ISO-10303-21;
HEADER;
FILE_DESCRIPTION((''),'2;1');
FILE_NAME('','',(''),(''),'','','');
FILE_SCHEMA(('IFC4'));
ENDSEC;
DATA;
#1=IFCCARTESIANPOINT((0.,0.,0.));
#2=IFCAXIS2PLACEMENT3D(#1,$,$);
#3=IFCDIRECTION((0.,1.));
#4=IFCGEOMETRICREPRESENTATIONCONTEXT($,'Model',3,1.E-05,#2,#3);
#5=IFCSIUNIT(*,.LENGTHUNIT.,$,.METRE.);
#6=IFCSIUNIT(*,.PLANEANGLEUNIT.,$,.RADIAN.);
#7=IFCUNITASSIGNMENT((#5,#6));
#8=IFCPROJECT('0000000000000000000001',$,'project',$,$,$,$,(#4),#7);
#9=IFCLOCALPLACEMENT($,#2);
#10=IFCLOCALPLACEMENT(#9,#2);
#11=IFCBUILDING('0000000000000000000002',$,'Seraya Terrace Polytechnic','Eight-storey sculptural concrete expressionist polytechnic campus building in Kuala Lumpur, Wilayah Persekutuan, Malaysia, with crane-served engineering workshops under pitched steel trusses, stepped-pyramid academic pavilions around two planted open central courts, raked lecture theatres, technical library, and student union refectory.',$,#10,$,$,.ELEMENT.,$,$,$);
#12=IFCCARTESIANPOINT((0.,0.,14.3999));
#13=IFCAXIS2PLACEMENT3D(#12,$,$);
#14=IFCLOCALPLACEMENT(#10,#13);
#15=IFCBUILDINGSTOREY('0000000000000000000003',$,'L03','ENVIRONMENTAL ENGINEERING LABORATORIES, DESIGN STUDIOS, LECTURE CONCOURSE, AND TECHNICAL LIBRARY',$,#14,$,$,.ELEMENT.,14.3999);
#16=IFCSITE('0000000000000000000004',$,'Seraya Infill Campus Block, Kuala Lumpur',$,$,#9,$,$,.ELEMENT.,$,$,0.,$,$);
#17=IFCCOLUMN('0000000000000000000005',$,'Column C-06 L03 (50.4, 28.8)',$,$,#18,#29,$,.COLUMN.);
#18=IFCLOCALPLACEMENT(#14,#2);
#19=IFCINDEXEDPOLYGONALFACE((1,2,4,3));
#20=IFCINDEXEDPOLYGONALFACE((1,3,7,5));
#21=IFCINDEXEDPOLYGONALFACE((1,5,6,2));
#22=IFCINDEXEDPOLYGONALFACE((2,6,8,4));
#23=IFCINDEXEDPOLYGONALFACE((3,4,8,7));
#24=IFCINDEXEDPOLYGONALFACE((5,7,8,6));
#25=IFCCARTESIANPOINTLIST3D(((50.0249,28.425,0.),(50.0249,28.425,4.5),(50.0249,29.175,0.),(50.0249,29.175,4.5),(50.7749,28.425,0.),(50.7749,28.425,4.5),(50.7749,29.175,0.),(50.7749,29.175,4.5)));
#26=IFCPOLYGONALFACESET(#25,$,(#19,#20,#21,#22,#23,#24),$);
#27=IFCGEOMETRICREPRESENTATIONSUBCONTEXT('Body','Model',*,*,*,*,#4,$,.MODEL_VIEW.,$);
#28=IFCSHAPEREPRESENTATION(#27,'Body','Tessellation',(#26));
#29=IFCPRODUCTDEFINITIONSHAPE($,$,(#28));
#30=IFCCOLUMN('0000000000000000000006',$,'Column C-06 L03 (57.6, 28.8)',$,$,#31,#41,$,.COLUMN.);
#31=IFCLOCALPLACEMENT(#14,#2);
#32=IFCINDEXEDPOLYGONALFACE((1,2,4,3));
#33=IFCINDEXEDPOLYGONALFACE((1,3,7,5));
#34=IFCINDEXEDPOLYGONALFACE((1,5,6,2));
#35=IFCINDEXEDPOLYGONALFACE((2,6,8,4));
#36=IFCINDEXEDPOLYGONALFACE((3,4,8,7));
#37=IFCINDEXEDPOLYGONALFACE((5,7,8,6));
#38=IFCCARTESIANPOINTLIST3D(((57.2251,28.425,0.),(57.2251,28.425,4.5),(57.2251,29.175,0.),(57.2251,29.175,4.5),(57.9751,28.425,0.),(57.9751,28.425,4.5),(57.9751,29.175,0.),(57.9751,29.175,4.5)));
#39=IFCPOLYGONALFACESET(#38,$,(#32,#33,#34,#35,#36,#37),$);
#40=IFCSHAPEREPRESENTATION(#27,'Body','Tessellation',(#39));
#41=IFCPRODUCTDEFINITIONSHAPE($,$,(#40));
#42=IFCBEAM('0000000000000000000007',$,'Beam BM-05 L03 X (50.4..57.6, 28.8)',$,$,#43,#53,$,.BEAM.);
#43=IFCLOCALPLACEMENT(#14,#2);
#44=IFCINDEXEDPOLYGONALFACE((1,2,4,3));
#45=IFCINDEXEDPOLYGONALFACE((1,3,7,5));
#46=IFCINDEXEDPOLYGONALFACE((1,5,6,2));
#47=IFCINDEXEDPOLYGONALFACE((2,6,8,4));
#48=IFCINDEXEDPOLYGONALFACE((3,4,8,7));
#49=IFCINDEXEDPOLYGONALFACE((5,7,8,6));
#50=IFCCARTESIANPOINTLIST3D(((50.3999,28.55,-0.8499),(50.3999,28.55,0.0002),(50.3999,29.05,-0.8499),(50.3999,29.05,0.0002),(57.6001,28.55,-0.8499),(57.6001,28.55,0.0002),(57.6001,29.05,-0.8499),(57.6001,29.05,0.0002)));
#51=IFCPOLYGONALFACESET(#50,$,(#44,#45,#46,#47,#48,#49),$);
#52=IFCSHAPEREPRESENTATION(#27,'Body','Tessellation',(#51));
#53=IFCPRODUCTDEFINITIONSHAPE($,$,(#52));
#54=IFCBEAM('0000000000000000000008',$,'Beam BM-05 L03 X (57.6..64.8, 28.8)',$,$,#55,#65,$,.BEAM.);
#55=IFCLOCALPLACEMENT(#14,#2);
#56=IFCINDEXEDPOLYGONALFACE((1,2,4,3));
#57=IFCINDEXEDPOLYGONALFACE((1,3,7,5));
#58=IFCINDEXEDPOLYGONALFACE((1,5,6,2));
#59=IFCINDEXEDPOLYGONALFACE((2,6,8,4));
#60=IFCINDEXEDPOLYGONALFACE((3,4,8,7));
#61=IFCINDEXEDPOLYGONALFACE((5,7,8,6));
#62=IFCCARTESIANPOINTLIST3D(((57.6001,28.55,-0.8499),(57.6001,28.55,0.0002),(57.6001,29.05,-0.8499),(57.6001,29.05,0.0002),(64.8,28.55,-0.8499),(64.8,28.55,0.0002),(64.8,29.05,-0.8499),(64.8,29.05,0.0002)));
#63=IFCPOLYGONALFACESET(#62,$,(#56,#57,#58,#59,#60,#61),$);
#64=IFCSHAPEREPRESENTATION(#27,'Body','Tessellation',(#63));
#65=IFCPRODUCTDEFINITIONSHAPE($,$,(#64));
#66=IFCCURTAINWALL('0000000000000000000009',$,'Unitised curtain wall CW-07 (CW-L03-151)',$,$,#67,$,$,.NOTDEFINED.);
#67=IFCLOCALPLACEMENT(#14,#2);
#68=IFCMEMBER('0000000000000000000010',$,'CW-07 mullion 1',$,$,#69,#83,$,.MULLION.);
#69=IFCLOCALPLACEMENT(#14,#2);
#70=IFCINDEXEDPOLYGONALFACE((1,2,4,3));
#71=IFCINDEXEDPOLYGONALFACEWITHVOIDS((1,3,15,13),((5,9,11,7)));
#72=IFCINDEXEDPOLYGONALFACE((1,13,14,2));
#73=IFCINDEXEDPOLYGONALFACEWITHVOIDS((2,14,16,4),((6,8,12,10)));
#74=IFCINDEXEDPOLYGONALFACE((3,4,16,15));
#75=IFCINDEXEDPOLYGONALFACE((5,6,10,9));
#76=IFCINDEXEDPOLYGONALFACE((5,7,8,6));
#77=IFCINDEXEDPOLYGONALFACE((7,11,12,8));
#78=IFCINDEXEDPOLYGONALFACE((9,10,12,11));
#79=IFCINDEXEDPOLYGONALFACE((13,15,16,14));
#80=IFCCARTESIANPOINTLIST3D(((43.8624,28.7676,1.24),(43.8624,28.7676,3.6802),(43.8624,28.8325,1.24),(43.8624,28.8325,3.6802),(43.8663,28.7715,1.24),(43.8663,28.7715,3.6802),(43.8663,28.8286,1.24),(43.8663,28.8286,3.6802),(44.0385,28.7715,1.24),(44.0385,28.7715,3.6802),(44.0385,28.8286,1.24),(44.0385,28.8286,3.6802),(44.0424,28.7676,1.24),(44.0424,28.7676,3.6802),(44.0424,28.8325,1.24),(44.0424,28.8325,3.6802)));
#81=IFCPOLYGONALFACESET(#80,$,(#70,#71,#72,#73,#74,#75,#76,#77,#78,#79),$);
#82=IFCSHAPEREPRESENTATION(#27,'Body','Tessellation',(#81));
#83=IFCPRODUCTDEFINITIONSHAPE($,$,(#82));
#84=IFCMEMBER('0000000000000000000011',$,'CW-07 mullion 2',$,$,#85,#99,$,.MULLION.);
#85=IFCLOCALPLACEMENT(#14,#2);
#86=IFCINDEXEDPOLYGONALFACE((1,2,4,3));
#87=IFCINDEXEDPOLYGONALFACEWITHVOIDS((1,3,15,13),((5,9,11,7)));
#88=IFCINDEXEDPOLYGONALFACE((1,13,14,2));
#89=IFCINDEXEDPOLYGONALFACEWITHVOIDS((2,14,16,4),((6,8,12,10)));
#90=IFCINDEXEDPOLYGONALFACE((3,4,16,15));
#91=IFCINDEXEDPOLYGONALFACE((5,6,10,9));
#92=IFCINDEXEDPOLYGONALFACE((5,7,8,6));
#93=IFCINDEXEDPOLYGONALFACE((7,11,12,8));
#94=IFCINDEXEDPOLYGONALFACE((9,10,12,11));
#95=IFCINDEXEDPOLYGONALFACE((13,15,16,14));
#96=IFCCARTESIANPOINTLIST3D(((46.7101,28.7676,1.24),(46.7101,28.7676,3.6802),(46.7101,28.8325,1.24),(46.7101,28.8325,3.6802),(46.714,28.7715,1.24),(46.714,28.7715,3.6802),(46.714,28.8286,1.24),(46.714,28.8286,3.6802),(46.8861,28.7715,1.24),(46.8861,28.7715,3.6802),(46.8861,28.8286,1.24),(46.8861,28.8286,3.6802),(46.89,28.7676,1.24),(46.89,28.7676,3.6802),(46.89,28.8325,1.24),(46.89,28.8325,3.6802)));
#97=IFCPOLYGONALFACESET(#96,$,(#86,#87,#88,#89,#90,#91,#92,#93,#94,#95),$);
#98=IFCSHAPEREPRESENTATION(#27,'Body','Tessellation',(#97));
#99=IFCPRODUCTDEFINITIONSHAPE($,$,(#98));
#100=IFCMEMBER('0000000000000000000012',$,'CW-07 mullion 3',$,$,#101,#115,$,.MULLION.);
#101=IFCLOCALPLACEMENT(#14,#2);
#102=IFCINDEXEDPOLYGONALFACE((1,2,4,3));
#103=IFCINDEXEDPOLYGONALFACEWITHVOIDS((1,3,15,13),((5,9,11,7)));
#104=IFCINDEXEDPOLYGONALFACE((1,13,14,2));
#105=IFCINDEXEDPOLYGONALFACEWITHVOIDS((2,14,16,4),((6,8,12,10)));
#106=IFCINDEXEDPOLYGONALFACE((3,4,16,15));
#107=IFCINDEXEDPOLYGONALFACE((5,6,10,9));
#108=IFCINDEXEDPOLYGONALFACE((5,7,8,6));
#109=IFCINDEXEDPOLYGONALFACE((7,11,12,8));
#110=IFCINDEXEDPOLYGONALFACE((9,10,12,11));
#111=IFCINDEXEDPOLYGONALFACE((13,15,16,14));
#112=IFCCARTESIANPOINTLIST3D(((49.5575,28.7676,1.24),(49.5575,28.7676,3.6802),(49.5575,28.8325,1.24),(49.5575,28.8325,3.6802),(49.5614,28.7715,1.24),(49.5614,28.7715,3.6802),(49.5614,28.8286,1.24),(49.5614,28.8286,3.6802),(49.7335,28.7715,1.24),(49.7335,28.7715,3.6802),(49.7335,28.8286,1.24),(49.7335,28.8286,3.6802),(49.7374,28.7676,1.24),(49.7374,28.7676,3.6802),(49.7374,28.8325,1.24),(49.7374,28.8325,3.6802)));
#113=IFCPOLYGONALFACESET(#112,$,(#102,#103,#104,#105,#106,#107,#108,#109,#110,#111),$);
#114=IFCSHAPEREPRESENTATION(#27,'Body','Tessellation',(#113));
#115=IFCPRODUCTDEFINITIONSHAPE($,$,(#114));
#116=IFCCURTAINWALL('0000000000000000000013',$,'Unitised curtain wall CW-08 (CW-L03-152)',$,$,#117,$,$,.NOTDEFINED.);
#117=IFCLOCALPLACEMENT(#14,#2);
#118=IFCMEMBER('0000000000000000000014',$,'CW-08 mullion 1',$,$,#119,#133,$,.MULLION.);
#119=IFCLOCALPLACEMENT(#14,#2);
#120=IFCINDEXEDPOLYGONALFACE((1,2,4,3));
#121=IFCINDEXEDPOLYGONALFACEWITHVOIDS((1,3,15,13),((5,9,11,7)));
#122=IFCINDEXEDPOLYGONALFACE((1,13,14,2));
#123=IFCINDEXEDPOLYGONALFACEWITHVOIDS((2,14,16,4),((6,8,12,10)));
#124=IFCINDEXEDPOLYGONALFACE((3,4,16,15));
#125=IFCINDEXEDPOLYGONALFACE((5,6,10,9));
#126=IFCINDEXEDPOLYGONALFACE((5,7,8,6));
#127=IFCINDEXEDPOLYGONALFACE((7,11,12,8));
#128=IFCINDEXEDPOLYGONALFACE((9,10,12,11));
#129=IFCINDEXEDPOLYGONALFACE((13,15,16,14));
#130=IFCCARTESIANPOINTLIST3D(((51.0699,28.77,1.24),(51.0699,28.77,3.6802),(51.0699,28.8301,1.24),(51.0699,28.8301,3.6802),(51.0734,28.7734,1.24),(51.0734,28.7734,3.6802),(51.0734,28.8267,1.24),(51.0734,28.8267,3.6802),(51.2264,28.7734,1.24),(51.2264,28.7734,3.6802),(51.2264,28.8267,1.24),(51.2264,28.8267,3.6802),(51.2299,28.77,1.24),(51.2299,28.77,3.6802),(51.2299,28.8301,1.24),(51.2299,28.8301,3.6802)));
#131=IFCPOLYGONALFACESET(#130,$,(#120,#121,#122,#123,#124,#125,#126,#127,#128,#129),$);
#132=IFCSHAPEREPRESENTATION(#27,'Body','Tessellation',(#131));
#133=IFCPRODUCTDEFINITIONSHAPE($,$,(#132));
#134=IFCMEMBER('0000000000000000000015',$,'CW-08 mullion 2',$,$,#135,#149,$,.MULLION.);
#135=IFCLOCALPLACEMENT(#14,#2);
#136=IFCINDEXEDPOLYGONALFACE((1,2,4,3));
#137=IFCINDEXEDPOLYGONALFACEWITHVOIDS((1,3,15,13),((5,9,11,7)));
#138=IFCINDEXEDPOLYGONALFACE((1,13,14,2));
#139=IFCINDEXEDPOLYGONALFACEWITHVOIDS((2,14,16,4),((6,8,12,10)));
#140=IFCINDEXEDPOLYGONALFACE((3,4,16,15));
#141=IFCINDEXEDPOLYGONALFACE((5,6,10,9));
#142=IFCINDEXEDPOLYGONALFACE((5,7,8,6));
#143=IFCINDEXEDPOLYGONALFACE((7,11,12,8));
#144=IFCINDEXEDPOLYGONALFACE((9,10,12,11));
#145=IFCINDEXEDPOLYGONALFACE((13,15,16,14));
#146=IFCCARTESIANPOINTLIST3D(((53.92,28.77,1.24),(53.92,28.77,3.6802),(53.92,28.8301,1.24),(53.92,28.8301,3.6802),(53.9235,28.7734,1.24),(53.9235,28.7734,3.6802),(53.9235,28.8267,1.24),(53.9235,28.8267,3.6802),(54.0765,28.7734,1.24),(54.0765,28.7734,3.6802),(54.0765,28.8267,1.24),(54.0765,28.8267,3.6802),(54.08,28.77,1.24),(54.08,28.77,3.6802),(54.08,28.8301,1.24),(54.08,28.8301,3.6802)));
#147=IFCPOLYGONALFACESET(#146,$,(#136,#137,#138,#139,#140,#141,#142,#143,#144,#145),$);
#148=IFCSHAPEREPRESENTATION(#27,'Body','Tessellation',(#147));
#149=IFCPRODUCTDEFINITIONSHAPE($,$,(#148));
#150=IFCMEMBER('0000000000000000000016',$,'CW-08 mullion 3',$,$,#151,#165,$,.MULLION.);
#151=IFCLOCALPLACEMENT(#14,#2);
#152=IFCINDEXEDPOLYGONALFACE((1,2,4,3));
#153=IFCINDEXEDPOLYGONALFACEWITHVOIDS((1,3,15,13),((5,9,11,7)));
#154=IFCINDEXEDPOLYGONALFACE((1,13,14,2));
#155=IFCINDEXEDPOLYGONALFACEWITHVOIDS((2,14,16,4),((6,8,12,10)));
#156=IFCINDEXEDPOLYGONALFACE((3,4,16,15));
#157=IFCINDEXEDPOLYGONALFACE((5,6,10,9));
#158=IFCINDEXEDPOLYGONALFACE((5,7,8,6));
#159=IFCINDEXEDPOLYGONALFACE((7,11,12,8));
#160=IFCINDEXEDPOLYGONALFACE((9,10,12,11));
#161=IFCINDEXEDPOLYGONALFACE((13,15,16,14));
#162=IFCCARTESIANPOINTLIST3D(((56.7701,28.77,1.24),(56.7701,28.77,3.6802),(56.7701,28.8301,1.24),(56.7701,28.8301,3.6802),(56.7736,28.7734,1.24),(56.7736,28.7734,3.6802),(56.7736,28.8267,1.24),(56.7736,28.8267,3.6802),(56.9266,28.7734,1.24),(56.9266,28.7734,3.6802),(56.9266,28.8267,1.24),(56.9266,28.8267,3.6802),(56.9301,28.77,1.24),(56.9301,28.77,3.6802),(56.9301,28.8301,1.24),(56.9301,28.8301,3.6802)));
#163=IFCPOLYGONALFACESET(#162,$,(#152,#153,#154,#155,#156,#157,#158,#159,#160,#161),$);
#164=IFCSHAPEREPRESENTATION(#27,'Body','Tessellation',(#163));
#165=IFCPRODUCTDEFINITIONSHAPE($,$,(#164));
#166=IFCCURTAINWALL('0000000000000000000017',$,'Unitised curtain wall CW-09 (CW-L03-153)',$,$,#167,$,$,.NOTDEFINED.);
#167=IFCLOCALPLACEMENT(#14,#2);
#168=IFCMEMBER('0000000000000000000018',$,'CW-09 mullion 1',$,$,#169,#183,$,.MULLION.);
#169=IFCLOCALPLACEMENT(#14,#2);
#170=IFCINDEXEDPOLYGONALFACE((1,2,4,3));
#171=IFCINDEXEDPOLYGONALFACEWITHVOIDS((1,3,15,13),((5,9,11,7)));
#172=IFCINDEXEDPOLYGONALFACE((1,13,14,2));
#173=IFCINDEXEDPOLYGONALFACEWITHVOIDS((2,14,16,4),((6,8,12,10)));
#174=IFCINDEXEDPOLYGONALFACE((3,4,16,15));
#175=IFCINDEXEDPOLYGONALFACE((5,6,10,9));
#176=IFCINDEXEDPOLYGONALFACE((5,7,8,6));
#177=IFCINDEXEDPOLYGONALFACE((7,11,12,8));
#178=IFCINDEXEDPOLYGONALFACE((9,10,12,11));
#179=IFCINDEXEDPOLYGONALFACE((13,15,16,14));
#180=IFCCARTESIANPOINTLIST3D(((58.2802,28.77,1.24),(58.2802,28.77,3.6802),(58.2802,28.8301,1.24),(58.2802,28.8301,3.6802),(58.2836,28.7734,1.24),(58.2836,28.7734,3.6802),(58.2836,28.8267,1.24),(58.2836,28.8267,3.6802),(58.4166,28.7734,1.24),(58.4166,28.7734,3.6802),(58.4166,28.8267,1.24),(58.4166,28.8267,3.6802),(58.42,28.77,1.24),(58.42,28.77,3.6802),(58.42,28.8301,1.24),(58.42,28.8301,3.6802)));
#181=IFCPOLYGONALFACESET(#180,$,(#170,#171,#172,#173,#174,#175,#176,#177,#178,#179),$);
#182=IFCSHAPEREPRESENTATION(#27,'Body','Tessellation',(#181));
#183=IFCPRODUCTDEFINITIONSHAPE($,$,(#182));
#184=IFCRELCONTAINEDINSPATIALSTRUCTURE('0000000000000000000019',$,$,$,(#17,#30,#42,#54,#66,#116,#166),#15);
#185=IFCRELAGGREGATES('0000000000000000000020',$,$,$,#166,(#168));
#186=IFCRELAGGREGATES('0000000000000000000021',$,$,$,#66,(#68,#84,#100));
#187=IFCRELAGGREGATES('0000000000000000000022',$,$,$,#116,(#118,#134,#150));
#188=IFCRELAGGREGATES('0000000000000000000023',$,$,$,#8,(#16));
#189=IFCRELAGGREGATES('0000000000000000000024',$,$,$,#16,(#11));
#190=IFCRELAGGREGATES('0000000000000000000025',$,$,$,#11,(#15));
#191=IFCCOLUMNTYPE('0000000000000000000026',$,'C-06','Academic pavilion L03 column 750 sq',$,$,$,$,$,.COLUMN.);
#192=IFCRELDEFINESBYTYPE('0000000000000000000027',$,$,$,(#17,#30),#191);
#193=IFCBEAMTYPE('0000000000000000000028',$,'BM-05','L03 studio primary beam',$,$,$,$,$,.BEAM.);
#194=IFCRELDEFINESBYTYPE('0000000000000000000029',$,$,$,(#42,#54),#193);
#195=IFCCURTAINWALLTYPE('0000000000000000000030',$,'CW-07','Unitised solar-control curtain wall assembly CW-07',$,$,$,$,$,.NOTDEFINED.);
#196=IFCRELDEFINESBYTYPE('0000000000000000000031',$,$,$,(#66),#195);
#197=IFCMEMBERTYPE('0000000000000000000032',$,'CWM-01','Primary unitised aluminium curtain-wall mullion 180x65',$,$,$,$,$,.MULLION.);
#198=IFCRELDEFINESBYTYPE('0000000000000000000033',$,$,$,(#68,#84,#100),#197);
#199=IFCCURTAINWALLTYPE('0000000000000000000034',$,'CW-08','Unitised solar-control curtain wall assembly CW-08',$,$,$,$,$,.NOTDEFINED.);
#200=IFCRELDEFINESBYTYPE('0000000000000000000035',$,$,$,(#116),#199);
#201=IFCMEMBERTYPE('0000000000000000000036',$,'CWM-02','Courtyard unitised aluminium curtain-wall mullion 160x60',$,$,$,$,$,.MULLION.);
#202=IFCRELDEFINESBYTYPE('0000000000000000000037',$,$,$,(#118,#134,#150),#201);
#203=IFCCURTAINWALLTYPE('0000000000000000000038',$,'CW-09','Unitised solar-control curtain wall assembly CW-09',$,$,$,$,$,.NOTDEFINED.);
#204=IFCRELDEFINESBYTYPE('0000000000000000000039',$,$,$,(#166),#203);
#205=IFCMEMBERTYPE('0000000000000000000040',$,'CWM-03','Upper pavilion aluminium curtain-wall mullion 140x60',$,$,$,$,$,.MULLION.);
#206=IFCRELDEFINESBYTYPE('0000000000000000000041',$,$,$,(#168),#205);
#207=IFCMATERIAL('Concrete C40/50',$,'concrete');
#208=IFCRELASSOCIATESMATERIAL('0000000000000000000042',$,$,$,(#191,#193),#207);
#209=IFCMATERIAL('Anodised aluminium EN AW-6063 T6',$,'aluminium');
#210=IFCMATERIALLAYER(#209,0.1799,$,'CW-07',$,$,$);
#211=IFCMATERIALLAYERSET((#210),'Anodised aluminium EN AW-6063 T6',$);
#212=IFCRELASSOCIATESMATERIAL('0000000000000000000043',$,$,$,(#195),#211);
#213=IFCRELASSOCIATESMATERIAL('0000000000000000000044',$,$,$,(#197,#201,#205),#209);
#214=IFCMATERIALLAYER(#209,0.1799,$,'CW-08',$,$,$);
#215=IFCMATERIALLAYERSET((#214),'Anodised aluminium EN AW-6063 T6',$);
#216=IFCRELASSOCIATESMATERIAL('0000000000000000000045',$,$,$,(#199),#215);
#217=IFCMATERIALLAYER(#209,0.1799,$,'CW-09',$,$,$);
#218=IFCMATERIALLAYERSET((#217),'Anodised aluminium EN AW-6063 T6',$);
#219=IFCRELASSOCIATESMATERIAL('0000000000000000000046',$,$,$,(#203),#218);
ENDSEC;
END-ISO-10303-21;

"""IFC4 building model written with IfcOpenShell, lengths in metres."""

from ifc_helpers import new_model, si_unit, direction, frame, origin, origin_2d, place, context, subcontext, project, spatial, rectangle, hollow_rectangle, extrude, material, layer, layer_set, material_profile, profile_set, type_object, element, aggregate, save


model = new_model("IFC4")

# Units and contexts
model_context = context("Model", 3, precision=1e-05, world=origin(), true_north=direction((0.0, 1.0)))
body_context = subcontext(model_context, "Body", "Model", "MODEL_VIEW")
ifc_project = project(units=[si_unit("LENGTHUNIT", "METRE"), si_unit("PLANEANGLEUNIT", "RADIAN")], contexts=[model_context])

# Site, building, storey
site_placement = place(None, origin())
site = spatial("IfcSite", under=ifc_project, at=site_placement, Name="Seraya Infill Campus Block, Kuala Lumpur", CompositionType="ELEMENT", RefElevation=0.0)
building_placement = place(site_placement, origin())
building = spatial("IfcBuilding", under=site, at=building_placement, Name="Seraya Terrace Polytechnic", Description="Eight-storey sculptural concrete expressionist polytechnic campus building in Kuala Lumpur, Wilayah Persekutuan, Malaysia, with crane-served engineering workshops under pitched steel trusses, stepped-pyramid academic pavilions around two planted open central courts, raked lecture theatres, technical library, and student union refectory.", CompositionType="ELEMENT")
storey_placement = place(building_placement, frame((0.0, 0.0, 14.3999)))
storey = spatial("IfcBuildingStorey", under=building, at=storey_placement, Name="L03", Description="ENVIRONMENTAL ENGINEERING LABORATORIES, DESIGN STUDIOS, LECTURE CONCOURSE, AND TECHNICAL LIBRARY", CompositionType="ELEMENT", Elevation=14.3999)

# Columns
ifc_material_1 = material(Name="Concrete C40/50", Category="concrete")
ifc_material_profile_1 = material_profile(ifc_material_1, rectangle(XDim=0.75, YDim=0.75, at=origin_2d()), Name="RC 750x750")
ifc_profile_set_1 = profile_set([ifc_material_profile_1], Name="Concrete C40/50")
column_type = type_object("IfcColumnType", Name="C-06", Description="Academic pavilion L03 column 750 sq", PredefinedType="COLUMN", material=ifc_profile_set_1)
for number, where, z_axis, x_axis, name in (
    (1, (50.3999, 28.8, 0.0), (0.0, 0.0, 1.0), (1.0, 0.0, 0.0), "Column C-06 L03 (50.4, 28.8)"),
    (2, (57.6001, 28.8, 0.0), (0.0, 0.0, 1.0), (1.0, 0.0, 0.0), "Column C-06 L03 (57.6, 28.8)"),
):
    element("IfcColumn", number, at=place(storey_placement, frame(where, z_axis=z_axis, x_axis=x_axis)), inside=storey, type_object=column_type, Name=name, PredefinedType="COLUMN", context=body_context, shape_type="SweptSolid", body=[
        extrude(rectangle(XDim=0.75, YDim=0.75, at=origin_2d()), origin(), (0.0, 0.0, 1.0), 4.5),
    ])

# Beams
ifc_material_profile_2 = material_profile(ifc_material_1, rectangle(XDim=0.5, YDim=0.8501, at=origin_2d()), Name="RC 500x850")
ifc_profile_set_2 = profile_set([ifc_material_profile_2], Name="Concrete C40/50")
beam_type = type_object("IfcBeamType", Name="BM-05", Description="L03 studio primary beam", PredefinedType="BEAM", material=ifc_profile_set_2)
beam_1_placement = place(storey_placement, frame((50.3999, 28.8, -0.4248), z_axis=(1.0, 0.0, 0.0), x_axis=(0.0, 1.0, 0.0)))
element("IfcBeam", 3, at=beam_1_placement, inside=storey, type_object=beam_type, Name="Beam BM-05 L03 X (50.4..57.6, 28.8)", PredefinedType="BEAM", context=body_context, shape_type="SweptSolid", body=[
    extrude(rectangle(XDim=0.5, YDim=0.8501, at=origin_2d()), origin(), (0.0, 0.0, 1.0), 7.2002),
])
beam_2_placement = place(storey_placement, frame((57.6001, 28.8, -0.4248), z_axis=(1.0, 0.0, 0.0), x_axis=(0.0, 1.0, 0.0)))
element("IfcBeam", 4, at=beam_2_placement, inside=storey, type_object=beam_type, Name="Beam BM-05 L03 X (57.6..64.8, 28.8)", PredefinedType="BEAM", context=body_context, shape_type="SweptSolid", body=[
    extrude(rectangle(XDim=0.5, YDim=0.8501, at=origin_2d()), origin(), (0.0, 0.0, 1.0), 7.2),
])

# Curtain walls, members
ifc_material_2 = material(Name="Anodised aluminium EN AW-6063 T6", Category="aluminium")
ifc_layer_1 = layer(ifc_material_2, 0.1799, Name="CW-07")
ifc_layer_set_1 = layer_set([ifc_layer_1], Name="Anodised aluminium EN AW-6063 T6")
curtain_wall_type_1 = type_object("IfcCurtainWallType", Name="CW-07", Description="Unitised solar-control curtain wall assembly CW-07", PredefinedType="NOTDEFINED", material=ifc_layer_set_1)
curtain_wall_1_placement = place(storey_placement, origin())
curtain_wall_1 = element("IfcCurtainWall", 5, at=curtain_wall_1_placement, inside=storey, type_object=curtain_wall_type_1, Name="Unitised curtain wall CW-07 (CW-L03-151)", PredefinedType="NOTDEFINED")
ifc_material_profile_3 = material_profile(ifc_material_2, hollow_rectangle(XDim=0.0649, YDim=0.1799, WallThickness=0.0039, at=origin_2d()), Name="RHS 180x65x4.0")
ifc_profile_set_3 = profile_set([ifc_material_profile_3], Name="Anodised aluminium EN AW-6063 T6")
member_type_1 = type_object("IfcMemberType", Name="CWM-01", Description="Primary unitised aluminium curtain-wall mullion 180x65", PredefinedType="MULLION", material=ifc_profile_set_3)
member_1_placement = place(storey_placement, frame((43.9524, 28.8, 1.24), z_axis=(0.0, 0.0, 1.0), x_axis=(0.0, 1.0, 0.0)))
member_1 = element("IfcMember", 6, at=member_1_placement, type_object=member_type_1, Name="CW-07 mullion 1", PredefinedType="MULLION", context=body_context, shape_type="SweptSolid", body=[
    extrude(hollow_rectangle(XDim=0.0649, YDim=0.1799, WallThickness=0.0039, at=origin_2d()), origin(), (0.0, 0.0, 1.0), 2.4402),
])
member_2_placement = place(storey_placement, frame((46.8, 28.8, 1.24), z_axis=(0.0, 0.0, 1.0), x_axis=(0.0, 1.0, 0.0)))
member_2 = element("IfcMember", 7, at=member_2_placement, type_object=member_type_1, Name="CW-07 mullion 2", PredefinedType="MULLION", context=body_context, shape_type="SweptSolid", body=[
    extrude(hollow_rectangle(XDim=0.0649, YDim=0.1799, WallThickness=0.0039, at=origin_2d()), origin(), (0.0, 0.0, 1.0), 2.4402),
])
member_3_placement = place(storey_placement, frame((49.6475, 28.8, 1.24), z_axis=(0.0, 0.0, 1.0), x_axis=(0.0, 1.0, 0.0)))
member_3 = element("IfcMember", 8, at=member_3_placement, type_object=member_type_1, Name="CW-07 mullion 3", PredefinedType="MULLION", context=body_context, shape_type="SweptSolid", body=[
    extrude(hollow_rectangle(XDim=0.0649, YDim=0.1799, WallThickness=0.0039, at=origin_2d()), origin(), (0.0, 0.0, 1.0), 2.4402),
])
ifc_layer_2 = layer(ifc_material_2, 0.1799, Name="CW-08")
ifc_layer_set_2 = layer_set([ifc_layer_2], Name="Anodised aluminium EN AW-6063 T6")
curtain_wall_type_2 = type_object("IfcCurtainWallType", Name="CW-08", Description="Unitised solar-control curtain wall assembly CW-08", PredefinedType="NOTDEFINED", material=ifc_layer_set_2)
curtain_wall_2_placement = place(storey_placement, origin())
curtain_wall_2 = element("IfcCurtainWall", 9, at=curtain_wall_2_placement, inside=storey, type_object=curtain_wall_type_2, Name="Unitised curtain wall CW-08 (CW-L03-152)", PredefinedType="NOTDEFINED")
ifc_material_profile_4 = material_profile(ifc_material_2, hollow_rectangle(XDim=0.0601, YDim=0.1599, WallThickness=0.0034, at=origin_2d()), Name="RHS 160x60x3.5")
ifc_profile_set_4 = profile_set([ifc_material_profile_4], Name="Anodised aluminium EN AW-6063 T6")
member_type_2 = type_object("IfcMemberType", Name="CWM-02", Description="Courtyard unitised aluminium curtain-wall mullion 160x60", PredefinedType="MULLION", material=ifc_profile_set_4)
member_4_placement = place(storey_placement, frame((51.1499, 28.8, 1.24), z_axis=(0.0, 0.0, 1.0), x_axis=(0.0, 1.0, 0.0)))
member_4 = element("IfcMember", 10, at=member_4_placement, type_object=member_type_2, Name="CW-08 mullion 1", PredefinedType="MULLION", context=body_context, shape_type="SweptSolid", body=[
    extrude(hollow_rectangle(XDim=0.0601, YDim=0.1599, WallThickness=0.0034, at=origin_2d()), origin(), (0.0, 0.0, 1.0), 2.4402),
])
member_5_placement = place(storey_placement, frame((54.0, 28.8, 1.24), z_axis=(0.0, 0.0, 1.0), x_axis=(0.0, 1.0, 0.0)))
member_5 = element("IfcMember", 11, at=member_5_placement, type_object=member_type_2, Name="CW-08 mullion 2", PredefinedType="MULLION", context=body_context, shape_type="SweptSolid", body=[
    extrude(hollow_rectangle(XDim=0.0601, YDim=0.1599, WallThickness=0.0034, at=origin_2d()), origin(), (0.0, 0.0, 1.0), 2.4402),
])
member_6_placement = place(storey_placement, frame((56.8501, 28.8, 1.24), z_axis=(0.0, 0.0, 1.0), x_axis=(0.0, 1.0, 0.0)))
member_6 = element("IfcMember", 12, at=member_6_placement, type_object=member_type_2, Name="CW-08 mullion 3", PredefinedType="MULLION", context=body_context, shape_type="SweptSolid", body=[
    extrude(hollow_rectangle(XDim=0.0601, YDim=0.1599, WallThickness=0.0034, at=origin_2d()), origin(), (0.0, 0.0, 1.0), 2.4402),
])

# Curtain wall, member
ifc_layer_3 = layer(ifc_material_2, 0.1799, Name="CW-09")
ifc_layer_set_3 = layer_set([ifc_layer_3], Name="Anodised aluminium EN AW-6063 T6")
curtain_wall_type_3 = type_object("IfcCurtainWallType", Name="CW-09", Description="Unitised solar-control curtain wall assembly CW-09", PredefinedType="NOTDEFINED", material=ifc_layer_set_3)
curtain_wall_3_placement = place(storey_placement, origin())
curtain_wall_3 = element("IfcCurtainWall", 13, at=curtain_wall_3_placement, inside=storey, type_object=curtain_wall_type_3, Name="Unitised curtain wall CW-09 (CW-L03-153)", PredefinedType="NOTDEFINED")
ifc_material_profile_5 = material_profile(ifc_material_2, hollow_rectangle(XDim=0.0601, YDim=0.1399, WallThickness=0.0034, at=origin_2d()), Name="RHS 140x60x3.5")
ifc_profile_set_5 = profile_set([ifc_material_profile_5], Name="Anodised aluminium EN AW-6063 T6")
member_type_3 = type_object("IfcMemberType", Name="CWM-03", Description="Upper pavilion aluminium curtain-wall mullion 140x60", PredefinedType="MULLION", material=ifc_profile_set_5)
member_7_placement = place(storey_placement, frame((58.3501, 28.8, 1.24), z_axis=(0.0, 0.0, 1.0), x_axis=(0.0, 1.0, 0.0)))
member_7 = element("IfcMember", 14, at=member_7_placement, type_object=member_type_3, Name="CW-09 mullion 1", PredefinedType="MULLION", context=body_context, shape_type="SweptSolid", body=[
    extrude(hollow_rectangle(XDim=0.0601, YDim=0.1399, WallThickness=0.0034, at=origin_2d()), origin(), (0.0, 0.0, 1.0), 2.4402),
])

aggregate(curtain_wall_3, [member_7])

aggregate(curtain_wall_1, [member_1, member_2, member_3])
aggregate(curtain_wall_2, [member_4, member_5, member_6])

save(model, "model.ifc")
